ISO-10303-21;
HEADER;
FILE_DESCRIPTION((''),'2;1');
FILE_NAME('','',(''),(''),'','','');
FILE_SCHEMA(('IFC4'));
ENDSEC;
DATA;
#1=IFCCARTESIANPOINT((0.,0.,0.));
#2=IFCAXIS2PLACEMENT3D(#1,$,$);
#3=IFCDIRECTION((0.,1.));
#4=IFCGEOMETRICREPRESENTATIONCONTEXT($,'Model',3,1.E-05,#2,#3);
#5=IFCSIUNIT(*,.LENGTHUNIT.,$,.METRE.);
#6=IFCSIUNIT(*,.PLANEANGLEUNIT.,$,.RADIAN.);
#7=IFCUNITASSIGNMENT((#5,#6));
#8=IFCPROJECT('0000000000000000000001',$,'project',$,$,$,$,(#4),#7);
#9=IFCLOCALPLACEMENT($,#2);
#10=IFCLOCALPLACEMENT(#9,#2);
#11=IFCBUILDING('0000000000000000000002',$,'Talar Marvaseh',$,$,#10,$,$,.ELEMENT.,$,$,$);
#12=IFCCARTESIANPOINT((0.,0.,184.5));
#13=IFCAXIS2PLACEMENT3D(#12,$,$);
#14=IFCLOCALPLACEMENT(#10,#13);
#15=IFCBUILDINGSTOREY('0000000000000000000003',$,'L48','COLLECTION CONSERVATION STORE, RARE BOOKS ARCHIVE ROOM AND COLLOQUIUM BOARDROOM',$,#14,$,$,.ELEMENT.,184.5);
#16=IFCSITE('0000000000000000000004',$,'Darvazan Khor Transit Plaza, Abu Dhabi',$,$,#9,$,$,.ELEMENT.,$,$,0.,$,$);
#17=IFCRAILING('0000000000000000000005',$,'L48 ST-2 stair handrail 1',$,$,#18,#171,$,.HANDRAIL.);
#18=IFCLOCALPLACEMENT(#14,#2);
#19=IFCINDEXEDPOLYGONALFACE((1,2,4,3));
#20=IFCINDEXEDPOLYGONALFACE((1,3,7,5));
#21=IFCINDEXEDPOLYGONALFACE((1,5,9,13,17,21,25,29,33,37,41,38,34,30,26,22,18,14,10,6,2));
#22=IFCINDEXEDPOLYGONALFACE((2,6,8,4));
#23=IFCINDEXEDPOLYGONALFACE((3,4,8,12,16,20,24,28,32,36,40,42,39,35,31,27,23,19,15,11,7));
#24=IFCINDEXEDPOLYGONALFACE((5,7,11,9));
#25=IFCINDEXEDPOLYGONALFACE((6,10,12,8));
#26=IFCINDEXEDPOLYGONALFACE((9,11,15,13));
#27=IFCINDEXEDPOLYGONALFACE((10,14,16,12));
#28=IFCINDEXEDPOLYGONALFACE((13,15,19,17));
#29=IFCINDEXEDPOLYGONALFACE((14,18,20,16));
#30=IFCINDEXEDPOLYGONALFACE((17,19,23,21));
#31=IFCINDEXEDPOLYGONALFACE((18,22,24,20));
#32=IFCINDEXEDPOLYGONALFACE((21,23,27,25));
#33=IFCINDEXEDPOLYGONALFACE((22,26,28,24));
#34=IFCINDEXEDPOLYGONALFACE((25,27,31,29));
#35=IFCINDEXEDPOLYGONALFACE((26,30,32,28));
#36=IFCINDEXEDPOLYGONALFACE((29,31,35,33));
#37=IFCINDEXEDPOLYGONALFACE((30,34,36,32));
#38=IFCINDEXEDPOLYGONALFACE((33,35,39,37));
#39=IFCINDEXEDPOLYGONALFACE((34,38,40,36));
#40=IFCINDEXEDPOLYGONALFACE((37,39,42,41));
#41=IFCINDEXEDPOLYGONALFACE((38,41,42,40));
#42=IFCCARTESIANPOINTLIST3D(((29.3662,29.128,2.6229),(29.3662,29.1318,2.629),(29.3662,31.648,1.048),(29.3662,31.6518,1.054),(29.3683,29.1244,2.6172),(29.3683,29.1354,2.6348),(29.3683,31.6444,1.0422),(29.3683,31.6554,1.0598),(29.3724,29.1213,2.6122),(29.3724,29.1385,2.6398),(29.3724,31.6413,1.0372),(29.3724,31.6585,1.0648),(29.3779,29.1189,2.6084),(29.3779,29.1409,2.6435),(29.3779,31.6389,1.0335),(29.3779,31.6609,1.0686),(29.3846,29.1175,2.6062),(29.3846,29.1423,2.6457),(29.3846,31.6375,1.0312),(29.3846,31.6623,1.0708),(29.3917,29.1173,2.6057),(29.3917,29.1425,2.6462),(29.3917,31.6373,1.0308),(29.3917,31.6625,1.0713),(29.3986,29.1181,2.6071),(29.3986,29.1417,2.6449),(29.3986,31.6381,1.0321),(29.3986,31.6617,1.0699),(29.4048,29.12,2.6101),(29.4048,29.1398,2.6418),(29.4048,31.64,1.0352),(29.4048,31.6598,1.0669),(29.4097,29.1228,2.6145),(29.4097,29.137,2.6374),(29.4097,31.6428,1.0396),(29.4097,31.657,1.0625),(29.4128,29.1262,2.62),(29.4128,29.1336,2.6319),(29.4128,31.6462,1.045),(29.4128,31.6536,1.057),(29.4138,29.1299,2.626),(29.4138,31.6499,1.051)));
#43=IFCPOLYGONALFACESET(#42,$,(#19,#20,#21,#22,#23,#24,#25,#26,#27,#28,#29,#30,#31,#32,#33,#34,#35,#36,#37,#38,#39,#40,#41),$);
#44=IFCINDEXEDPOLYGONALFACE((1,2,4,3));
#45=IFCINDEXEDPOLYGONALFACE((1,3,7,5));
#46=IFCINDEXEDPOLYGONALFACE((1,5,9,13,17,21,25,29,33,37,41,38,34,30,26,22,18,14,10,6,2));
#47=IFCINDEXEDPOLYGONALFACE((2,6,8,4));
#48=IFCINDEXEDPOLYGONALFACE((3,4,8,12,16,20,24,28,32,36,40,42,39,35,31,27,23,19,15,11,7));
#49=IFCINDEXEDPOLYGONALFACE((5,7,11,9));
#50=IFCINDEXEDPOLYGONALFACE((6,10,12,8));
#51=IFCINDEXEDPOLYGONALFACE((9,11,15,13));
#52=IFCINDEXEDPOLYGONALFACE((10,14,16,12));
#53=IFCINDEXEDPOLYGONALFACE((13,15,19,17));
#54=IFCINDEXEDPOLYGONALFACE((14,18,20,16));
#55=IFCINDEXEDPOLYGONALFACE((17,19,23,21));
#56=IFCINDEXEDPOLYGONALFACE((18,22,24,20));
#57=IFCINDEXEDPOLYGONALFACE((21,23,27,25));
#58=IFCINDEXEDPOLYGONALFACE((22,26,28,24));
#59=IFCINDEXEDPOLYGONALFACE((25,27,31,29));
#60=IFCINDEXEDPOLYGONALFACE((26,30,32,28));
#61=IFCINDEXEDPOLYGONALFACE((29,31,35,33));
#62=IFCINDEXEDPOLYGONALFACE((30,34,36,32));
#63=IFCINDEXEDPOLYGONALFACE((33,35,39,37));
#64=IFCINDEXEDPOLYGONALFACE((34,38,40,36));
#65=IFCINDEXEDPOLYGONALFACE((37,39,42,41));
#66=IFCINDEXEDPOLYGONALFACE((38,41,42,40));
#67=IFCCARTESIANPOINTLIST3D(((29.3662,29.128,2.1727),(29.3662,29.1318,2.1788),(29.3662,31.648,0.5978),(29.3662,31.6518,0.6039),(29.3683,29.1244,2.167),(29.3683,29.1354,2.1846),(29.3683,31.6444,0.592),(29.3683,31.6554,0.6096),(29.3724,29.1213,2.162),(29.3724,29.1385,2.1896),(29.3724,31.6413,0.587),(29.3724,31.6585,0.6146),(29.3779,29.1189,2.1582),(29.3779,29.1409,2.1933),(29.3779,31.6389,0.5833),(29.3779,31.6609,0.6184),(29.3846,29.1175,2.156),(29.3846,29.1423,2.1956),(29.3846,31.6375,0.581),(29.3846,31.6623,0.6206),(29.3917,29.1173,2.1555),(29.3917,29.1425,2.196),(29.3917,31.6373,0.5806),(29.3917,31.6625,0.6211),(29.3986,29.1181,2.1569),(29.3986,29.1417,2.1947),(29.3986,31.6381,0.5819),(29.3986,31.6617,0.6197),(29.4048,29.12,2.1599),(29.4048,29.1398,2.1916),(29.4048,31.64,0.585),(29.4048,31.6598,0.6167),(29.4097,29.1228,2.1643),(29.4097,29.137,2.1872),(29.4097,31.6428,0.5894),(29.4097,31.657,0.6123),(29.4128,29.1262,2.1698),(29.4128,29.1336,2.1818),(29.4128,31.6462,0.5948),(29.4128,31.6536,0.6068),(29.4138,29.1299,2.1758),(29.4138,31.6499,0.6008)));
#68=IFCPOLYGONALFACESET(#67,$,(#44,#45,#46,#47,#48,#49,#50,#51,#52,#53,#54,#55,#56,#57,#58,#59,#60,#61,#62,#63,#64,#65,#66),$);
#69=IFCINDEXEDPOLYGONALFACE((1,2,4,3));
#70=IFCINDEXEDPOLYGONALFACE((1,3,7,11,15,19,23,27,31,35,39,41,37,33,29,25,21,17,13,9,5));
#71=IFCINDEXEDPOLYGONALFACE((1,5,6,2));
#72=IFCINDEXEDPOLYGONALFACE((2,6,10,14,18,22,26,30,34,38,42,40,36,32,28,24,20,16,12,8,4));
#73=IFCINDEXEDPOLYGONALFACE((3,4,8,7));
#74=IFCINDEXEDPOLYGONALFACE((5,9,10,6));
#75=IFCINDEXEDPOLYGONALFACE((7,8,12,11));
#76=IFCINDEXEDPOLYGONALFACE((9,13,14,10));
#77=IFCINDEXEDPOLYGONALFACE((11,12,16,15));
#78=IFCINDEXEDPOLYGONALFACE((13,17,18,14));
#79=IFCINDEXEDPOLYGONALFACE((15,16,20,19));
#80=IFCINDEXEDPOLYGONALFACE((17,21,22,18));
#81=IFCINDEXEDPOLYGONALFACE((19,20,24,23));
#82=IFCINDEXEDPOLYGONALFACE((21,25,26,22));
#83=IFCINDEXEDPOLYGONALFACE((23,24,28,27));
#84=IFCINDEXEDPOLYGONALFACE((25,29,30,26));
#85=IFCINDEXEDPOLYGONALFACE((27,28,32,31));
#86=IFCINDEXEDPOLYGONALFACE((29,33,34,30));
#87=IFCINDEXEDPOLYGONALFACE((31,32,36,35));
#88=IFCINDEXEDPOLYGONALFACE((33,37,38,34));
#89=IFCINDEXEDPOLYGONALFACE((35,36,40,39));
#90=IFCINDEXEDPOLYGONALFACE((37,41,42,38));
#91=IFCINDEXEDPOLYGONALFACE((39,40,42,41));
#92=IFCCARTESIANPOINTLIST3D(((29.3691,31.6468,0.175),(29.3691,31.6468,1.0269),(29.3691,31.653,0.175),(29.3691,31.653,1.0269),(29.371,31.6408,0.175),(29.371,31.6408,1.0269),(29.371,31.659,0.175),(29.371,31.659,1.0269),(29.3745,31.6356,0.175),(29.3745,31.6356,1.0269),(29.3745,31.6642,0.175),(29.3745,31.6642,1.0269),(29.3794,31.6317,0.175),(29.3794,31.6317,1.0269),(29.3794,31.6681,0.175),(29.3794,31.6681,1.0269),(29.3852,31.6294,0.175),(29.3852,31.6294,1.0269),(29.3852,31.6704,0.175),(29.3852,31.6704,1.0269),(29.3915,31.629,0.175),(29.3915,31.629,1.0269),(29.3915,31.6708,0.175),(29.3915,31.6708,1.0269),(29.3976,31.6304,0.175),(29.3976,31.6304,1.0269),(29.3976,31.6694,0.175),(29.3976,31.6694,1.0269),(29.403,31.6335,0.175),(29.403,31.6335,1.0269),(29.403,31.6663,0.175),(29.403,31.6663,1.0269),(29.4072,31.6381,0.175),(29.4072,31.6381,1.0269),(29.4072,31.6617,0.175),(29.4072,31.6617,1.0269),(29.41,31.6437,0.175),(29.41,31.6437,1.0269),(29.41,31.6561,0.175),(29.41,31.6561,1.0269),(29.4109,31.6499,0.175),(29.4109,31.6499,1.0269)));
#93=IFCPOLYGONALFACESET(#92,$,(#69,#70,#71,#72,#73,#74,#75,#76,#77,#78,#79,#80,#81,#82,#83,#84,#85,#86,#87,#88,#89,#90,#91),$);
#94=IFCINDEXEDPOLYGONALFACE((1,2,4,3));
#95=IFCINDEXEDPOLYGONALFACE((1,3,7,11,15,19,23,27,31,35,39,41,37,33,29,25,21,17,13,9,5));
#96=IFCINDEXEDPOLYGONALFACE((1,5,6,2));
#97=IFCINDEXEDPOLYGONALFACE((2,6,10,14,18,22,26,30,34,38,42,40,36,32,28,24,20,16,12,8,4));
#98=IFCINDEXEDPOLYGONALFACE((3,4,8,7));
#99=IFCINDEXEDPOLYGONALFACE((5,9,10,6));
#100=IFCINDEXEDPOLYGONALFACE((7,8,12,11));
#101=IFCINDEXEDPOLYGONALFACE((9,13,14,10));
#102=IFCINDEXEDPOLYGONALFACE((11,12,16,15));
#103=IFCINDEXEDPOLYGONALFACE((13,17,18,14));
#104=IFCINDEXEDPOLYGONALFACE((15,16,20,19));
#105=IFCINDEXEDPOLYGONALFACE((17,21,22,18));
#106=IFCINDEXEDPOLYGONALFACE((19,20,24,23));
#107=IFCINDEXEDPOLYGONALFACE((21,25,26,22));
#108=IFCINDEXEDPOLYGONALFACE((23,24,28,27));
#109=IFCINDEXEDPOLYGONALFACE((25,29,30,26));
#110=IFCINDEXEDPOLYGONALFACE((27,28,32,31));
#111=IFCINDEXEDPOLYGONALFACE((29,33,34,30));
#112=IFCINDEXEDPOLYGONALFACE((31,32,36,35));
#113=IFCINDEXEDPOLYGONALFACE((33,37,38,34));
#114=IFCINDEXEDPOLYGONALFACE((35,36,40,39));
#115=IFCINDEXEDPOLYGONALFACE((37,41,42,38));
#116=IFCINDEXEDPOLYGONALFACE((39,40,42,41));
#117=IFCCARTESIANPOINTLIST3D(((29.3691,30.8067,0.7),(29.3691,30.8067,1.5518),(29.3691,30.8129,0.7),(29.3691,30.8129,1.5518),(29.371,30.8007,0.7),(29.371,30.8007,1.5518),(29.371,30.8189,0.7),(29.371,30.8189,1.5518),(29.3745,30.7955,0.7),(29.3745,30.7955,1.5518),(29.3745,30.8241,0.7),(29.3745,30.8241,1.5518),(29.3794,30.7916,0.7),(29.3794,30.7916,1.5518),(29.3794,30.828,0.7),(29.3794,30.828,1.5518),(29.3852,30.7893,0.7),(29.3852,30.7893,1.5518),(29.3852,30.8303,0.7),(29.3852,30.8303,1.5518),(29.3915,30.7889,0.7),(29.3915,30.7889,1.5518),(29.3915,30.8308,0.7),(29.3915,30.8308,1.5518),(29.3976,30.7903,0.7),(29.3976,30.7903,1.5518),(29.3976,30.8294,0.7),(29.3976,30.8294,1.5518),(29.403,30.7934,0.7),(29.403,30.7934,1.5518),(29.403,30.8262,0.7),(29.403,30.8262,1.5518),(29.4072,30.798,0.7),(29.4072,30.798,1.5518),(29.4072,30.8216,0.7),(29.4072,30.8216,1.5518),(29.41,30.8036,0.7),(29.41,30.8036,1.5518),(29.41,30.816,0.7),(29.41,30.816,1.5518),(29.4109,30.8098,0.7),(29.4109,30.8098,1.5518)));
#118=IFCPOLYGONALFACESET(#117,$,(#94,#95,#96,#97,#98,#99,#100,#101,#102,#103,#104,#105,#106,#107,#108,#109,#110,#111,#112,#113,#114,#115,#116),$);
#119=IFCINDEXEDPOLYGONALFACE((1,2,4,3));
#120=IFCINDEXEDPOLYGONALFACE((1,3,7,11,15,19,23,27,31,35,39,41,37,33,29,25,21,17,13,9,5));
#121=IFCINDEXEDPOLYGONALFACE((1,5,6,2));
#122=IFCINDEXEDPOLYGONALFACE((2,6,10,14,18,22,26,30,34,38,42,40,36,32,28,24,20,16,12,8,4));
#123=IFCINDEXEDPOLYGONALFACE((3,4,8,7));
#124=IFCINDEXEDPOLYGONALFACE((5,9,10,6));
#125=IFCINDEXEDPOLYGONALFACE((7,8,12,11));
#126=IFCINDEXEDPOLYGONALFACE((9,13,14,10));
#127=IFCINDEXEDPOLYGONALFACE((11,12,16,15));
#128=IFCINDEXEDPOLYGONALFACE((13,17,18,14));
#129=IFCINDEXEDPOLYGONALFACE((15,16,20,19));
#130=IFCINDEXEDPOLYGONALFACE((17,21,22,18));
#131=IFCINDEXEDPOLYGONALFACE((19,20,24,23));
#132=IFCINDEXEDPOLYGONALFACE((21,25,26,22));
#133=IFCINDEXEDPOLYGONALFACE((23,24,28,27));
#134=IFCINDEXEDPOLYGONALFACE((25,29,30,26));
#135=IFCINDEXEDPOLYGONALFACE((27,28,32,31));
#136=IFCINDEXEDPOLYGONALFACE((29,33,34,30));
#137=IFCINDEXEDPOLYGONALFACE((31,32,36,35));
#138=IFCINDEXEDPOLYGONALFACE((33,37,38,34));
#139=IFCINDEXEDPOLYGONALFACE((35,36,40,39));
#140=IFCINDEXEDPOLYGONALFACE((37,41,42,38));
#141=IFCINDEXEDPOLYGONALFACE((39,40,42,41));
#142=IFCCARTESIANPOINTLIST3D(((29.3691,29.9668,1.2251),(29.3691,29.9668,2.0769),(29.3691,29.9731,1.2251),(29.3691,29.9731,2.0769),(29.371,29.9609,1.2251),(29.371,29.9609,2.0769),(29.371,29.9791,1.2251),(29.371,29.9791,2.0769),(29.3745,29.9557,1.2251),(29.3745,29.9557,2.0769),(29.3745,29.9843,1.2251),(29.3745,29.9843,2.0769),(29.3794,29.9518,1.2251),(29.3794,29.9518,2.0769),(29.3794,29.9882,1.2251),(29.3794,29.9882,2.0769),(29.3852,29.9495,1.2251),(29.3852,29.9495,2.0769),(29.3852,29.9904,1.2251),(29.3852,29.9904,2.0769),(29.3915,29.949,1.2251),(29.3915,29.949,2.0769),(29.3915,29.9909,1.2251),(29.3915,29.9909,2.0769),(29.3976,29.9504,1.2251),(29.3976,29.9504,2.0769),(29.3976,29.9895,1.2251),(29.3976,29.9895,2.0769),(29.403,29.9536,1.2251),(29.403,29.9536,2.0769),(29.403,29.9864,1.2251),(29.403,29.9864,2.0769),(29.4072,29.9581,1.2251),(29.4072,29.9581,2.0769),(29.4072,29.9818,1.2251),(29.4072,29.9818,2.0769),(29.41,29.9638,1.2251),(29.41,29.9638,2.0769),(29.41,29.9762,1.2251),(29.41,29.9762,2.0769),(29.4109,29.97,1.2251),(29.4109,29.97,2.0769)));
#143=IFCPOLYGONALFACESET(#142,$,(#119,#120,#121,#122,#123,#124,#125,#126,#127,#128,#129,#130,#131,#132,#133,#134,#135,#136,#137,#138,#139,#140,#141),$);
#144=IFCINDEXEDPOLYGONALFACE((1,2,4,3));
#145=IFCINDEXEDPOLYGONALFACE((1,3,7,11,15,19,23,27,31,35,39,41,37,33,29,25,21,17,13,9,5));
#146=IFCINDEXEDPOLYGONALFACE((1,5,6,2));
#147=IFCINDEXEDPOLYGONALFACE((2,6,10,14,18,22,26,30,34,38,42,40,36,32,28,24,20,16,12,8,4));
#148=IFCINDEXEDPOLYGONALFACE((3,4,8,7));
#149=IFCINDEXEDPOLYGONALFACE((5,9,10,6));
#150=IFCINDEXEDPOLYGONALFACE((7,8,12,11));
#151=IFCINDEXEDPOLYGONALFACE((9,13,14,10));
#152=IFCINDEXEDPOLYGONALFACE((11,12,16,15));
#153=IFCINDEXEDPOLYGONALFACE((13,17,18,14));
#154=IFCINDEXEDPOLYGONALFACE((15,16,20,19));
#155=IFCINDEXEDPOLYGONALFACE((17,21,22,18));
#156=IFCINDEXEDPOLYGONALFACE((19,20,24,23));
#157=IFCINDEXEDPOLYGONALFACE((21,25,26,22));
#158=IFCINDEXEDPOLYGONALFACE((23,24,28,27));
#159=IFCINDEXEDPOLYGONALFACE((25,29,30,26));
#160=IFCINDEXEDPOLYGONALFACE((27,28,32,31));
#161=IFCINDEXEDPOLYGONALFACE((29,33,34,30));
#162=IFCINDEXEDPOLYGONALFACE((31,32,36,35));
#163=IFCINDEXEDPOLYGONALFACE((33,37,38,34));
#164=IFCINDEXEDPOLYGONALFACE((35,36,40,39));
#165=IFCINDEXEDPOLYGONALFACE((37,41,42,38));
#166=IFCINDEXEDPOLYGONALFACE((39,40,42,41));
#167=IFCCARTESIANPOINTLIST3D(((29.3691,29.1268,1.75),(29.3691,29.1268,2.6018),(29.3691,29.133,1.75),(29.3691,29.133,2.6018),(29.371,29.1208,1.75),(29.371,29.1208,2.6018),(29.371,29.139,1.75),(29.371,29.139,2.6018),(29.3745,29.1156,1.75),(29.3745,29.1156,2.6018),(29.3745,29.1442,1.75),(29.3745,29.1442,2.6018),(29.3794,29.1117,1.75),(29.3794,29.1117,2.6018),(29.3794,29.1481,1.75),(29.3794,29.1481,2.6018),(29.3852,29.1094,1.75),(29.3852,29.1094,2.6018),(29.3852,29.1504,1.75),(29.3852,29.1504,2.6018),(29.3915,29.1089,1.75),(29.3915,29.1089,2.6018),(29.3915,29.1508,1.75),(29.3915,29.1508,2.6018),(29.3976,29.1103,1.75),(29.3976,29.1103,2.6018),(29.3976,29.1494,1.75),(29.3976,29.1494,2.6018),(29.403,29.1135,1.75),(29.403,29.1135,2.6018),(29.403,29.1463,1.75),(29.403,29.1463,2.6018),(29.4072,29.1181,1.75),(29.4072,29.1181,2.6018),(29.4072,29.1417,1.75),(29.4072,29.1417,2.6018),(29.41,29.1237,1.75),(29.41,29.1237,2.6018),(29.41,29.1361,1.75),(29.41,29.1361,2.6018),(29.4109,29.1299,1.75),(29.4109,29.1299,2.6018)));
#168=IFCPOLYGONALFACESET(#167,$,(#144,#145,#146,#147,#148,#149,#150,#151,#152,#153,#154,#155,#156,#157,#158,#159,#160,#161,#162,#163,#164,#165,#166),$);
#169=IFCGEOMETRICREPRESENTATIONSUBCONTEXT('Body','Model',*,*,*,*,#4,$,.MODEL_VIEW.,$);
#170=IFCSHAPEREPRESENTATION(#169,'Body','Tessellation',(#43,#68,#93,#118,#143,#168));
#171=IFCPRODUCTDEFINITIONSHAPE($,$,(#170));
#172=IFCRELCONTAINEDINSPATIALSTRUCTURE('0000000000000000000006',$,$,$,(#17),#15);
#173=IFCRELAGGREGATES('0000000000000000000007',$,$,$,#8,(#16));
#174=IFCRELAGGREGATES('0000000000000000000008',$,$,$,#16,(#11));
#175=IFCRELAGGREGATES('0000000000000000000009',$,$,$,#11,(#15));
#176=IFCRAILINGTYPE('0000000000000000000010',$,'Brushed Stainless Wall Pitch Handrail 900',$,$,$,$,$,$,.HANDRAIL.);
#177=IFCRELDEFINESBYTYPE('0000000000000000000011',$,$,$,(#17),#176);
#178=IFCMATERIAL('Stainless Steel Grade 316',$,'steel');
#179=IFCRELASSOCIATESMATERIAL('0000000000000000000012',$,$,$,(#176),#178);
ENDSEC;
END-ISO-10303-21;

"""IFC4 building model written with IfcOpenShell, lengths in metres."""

from ifc_helpers import new_model, si_unit, direction, frame, origin, origin_2d, place, context, subcontext, project, spatial, circle, extrude, material, type_object, element, save


model = new_model("IFC4")

# Units and contexts
model_context = context("Model", 3, precision=1e-05, world=origin(), true_north=direction((0.0, 1.0)))
body_context = subcontext(model_context, "Body", "Model", "MODEL_VIEW")
ifc_project = project(units=[si_unit("LENGTHUNIT", "METRE"), si_unit("PLANEANGLEUNIT", "RADIAN")], contexts=[model_context])

# Site, building, storey
site_placement = place(None, origin())
site = spatial("IfcSite", under=ifc_project, at=site_placement, Name="Darvazan Khor Transit Plaza, Abu Dhabi", CompositionType="ELEMENT", RefElevation=0.0)
building_placement = place(site_placement, origin())
building = spatial("IfcBuilding", under=site, at=building_placement, Name="Talar Marvaseh", CompositionType="ELEMENT")
storey_placement = place(building_placement, frame((0.0, 0.0, 184.5)))
storey = spatial("IfcBuildingStorey", under=building, at=storey_placement, Name="L48", Description="COLLECTION CONSERVATION STORE, RARE BOOKS ARCHIVE ROOM AND COLLOQUIUM BOARDROOM", CompositionType="ELEMENT", Elevation=184.5)

# Shared definitions
ifc_material_1 = material(Name="Stainless Steel Grade 316", Category="steel")

# Railing
railing_type_1 = type_object("IfcRailingType", Name="Brushed Stainless Wall Pitch Handrail 900", PredefinedType="HANDRAIL", material=ifc_material_1)
railing_1_placement = place(storey_placement, frame((29.3899, 31.6499, 0.175)))
element("IfcRailing", 1, at=railing_1_placement, inside=storey, type_object=railing_type_1, Name="L48 ST-2 stair handrail 1", PredefinedType="HANDRAIL", context=body_context, shape_type="SweptSolid", body=[
    extrude(circle(Radius=0.0239, at=origin_2d()), frame((0.0, 0.0, 0.876), z_axis=(0.0, -0.848008, 0.529984), x_axis=(1.0, 0.0, 0.0)), (0.0, 0.0, 1.0), 2.9717),
    extrude(circle(Radius=0.0239, at=origin_2d()), frame((0.0, 0.0, 0.4258), z_axis=(0.0, -0.848008, 0.529984), x_axis=(1.0, 0.0, 0.0)), (0.0, 0.0, 1.0), 2.9717),
    extrude(circle(Radius=0.021, at=origin_2d()), origin(), (0.0, 0.0, 1.0), 0.8518),
    extrude(circle(Radius=0.021, at=origin_2d()), frame((0.0, -0.8401, 0.5249)), (0.0, 0.0, 1.0), 0.8518),
    extrude(circle(Radius=0.021, at=origin_2d()), frame((0.0, -1.6799, 1.05)), (0.0, 0.0, 1.0), 0.8518),
    extrude(circle(Radius=0.021, at=origin_2d()), frame((0.0, -2.52, 1.575)), (0.0, 0.0, 1.0), 0.8518),
])

save(model, "model.ifc")
